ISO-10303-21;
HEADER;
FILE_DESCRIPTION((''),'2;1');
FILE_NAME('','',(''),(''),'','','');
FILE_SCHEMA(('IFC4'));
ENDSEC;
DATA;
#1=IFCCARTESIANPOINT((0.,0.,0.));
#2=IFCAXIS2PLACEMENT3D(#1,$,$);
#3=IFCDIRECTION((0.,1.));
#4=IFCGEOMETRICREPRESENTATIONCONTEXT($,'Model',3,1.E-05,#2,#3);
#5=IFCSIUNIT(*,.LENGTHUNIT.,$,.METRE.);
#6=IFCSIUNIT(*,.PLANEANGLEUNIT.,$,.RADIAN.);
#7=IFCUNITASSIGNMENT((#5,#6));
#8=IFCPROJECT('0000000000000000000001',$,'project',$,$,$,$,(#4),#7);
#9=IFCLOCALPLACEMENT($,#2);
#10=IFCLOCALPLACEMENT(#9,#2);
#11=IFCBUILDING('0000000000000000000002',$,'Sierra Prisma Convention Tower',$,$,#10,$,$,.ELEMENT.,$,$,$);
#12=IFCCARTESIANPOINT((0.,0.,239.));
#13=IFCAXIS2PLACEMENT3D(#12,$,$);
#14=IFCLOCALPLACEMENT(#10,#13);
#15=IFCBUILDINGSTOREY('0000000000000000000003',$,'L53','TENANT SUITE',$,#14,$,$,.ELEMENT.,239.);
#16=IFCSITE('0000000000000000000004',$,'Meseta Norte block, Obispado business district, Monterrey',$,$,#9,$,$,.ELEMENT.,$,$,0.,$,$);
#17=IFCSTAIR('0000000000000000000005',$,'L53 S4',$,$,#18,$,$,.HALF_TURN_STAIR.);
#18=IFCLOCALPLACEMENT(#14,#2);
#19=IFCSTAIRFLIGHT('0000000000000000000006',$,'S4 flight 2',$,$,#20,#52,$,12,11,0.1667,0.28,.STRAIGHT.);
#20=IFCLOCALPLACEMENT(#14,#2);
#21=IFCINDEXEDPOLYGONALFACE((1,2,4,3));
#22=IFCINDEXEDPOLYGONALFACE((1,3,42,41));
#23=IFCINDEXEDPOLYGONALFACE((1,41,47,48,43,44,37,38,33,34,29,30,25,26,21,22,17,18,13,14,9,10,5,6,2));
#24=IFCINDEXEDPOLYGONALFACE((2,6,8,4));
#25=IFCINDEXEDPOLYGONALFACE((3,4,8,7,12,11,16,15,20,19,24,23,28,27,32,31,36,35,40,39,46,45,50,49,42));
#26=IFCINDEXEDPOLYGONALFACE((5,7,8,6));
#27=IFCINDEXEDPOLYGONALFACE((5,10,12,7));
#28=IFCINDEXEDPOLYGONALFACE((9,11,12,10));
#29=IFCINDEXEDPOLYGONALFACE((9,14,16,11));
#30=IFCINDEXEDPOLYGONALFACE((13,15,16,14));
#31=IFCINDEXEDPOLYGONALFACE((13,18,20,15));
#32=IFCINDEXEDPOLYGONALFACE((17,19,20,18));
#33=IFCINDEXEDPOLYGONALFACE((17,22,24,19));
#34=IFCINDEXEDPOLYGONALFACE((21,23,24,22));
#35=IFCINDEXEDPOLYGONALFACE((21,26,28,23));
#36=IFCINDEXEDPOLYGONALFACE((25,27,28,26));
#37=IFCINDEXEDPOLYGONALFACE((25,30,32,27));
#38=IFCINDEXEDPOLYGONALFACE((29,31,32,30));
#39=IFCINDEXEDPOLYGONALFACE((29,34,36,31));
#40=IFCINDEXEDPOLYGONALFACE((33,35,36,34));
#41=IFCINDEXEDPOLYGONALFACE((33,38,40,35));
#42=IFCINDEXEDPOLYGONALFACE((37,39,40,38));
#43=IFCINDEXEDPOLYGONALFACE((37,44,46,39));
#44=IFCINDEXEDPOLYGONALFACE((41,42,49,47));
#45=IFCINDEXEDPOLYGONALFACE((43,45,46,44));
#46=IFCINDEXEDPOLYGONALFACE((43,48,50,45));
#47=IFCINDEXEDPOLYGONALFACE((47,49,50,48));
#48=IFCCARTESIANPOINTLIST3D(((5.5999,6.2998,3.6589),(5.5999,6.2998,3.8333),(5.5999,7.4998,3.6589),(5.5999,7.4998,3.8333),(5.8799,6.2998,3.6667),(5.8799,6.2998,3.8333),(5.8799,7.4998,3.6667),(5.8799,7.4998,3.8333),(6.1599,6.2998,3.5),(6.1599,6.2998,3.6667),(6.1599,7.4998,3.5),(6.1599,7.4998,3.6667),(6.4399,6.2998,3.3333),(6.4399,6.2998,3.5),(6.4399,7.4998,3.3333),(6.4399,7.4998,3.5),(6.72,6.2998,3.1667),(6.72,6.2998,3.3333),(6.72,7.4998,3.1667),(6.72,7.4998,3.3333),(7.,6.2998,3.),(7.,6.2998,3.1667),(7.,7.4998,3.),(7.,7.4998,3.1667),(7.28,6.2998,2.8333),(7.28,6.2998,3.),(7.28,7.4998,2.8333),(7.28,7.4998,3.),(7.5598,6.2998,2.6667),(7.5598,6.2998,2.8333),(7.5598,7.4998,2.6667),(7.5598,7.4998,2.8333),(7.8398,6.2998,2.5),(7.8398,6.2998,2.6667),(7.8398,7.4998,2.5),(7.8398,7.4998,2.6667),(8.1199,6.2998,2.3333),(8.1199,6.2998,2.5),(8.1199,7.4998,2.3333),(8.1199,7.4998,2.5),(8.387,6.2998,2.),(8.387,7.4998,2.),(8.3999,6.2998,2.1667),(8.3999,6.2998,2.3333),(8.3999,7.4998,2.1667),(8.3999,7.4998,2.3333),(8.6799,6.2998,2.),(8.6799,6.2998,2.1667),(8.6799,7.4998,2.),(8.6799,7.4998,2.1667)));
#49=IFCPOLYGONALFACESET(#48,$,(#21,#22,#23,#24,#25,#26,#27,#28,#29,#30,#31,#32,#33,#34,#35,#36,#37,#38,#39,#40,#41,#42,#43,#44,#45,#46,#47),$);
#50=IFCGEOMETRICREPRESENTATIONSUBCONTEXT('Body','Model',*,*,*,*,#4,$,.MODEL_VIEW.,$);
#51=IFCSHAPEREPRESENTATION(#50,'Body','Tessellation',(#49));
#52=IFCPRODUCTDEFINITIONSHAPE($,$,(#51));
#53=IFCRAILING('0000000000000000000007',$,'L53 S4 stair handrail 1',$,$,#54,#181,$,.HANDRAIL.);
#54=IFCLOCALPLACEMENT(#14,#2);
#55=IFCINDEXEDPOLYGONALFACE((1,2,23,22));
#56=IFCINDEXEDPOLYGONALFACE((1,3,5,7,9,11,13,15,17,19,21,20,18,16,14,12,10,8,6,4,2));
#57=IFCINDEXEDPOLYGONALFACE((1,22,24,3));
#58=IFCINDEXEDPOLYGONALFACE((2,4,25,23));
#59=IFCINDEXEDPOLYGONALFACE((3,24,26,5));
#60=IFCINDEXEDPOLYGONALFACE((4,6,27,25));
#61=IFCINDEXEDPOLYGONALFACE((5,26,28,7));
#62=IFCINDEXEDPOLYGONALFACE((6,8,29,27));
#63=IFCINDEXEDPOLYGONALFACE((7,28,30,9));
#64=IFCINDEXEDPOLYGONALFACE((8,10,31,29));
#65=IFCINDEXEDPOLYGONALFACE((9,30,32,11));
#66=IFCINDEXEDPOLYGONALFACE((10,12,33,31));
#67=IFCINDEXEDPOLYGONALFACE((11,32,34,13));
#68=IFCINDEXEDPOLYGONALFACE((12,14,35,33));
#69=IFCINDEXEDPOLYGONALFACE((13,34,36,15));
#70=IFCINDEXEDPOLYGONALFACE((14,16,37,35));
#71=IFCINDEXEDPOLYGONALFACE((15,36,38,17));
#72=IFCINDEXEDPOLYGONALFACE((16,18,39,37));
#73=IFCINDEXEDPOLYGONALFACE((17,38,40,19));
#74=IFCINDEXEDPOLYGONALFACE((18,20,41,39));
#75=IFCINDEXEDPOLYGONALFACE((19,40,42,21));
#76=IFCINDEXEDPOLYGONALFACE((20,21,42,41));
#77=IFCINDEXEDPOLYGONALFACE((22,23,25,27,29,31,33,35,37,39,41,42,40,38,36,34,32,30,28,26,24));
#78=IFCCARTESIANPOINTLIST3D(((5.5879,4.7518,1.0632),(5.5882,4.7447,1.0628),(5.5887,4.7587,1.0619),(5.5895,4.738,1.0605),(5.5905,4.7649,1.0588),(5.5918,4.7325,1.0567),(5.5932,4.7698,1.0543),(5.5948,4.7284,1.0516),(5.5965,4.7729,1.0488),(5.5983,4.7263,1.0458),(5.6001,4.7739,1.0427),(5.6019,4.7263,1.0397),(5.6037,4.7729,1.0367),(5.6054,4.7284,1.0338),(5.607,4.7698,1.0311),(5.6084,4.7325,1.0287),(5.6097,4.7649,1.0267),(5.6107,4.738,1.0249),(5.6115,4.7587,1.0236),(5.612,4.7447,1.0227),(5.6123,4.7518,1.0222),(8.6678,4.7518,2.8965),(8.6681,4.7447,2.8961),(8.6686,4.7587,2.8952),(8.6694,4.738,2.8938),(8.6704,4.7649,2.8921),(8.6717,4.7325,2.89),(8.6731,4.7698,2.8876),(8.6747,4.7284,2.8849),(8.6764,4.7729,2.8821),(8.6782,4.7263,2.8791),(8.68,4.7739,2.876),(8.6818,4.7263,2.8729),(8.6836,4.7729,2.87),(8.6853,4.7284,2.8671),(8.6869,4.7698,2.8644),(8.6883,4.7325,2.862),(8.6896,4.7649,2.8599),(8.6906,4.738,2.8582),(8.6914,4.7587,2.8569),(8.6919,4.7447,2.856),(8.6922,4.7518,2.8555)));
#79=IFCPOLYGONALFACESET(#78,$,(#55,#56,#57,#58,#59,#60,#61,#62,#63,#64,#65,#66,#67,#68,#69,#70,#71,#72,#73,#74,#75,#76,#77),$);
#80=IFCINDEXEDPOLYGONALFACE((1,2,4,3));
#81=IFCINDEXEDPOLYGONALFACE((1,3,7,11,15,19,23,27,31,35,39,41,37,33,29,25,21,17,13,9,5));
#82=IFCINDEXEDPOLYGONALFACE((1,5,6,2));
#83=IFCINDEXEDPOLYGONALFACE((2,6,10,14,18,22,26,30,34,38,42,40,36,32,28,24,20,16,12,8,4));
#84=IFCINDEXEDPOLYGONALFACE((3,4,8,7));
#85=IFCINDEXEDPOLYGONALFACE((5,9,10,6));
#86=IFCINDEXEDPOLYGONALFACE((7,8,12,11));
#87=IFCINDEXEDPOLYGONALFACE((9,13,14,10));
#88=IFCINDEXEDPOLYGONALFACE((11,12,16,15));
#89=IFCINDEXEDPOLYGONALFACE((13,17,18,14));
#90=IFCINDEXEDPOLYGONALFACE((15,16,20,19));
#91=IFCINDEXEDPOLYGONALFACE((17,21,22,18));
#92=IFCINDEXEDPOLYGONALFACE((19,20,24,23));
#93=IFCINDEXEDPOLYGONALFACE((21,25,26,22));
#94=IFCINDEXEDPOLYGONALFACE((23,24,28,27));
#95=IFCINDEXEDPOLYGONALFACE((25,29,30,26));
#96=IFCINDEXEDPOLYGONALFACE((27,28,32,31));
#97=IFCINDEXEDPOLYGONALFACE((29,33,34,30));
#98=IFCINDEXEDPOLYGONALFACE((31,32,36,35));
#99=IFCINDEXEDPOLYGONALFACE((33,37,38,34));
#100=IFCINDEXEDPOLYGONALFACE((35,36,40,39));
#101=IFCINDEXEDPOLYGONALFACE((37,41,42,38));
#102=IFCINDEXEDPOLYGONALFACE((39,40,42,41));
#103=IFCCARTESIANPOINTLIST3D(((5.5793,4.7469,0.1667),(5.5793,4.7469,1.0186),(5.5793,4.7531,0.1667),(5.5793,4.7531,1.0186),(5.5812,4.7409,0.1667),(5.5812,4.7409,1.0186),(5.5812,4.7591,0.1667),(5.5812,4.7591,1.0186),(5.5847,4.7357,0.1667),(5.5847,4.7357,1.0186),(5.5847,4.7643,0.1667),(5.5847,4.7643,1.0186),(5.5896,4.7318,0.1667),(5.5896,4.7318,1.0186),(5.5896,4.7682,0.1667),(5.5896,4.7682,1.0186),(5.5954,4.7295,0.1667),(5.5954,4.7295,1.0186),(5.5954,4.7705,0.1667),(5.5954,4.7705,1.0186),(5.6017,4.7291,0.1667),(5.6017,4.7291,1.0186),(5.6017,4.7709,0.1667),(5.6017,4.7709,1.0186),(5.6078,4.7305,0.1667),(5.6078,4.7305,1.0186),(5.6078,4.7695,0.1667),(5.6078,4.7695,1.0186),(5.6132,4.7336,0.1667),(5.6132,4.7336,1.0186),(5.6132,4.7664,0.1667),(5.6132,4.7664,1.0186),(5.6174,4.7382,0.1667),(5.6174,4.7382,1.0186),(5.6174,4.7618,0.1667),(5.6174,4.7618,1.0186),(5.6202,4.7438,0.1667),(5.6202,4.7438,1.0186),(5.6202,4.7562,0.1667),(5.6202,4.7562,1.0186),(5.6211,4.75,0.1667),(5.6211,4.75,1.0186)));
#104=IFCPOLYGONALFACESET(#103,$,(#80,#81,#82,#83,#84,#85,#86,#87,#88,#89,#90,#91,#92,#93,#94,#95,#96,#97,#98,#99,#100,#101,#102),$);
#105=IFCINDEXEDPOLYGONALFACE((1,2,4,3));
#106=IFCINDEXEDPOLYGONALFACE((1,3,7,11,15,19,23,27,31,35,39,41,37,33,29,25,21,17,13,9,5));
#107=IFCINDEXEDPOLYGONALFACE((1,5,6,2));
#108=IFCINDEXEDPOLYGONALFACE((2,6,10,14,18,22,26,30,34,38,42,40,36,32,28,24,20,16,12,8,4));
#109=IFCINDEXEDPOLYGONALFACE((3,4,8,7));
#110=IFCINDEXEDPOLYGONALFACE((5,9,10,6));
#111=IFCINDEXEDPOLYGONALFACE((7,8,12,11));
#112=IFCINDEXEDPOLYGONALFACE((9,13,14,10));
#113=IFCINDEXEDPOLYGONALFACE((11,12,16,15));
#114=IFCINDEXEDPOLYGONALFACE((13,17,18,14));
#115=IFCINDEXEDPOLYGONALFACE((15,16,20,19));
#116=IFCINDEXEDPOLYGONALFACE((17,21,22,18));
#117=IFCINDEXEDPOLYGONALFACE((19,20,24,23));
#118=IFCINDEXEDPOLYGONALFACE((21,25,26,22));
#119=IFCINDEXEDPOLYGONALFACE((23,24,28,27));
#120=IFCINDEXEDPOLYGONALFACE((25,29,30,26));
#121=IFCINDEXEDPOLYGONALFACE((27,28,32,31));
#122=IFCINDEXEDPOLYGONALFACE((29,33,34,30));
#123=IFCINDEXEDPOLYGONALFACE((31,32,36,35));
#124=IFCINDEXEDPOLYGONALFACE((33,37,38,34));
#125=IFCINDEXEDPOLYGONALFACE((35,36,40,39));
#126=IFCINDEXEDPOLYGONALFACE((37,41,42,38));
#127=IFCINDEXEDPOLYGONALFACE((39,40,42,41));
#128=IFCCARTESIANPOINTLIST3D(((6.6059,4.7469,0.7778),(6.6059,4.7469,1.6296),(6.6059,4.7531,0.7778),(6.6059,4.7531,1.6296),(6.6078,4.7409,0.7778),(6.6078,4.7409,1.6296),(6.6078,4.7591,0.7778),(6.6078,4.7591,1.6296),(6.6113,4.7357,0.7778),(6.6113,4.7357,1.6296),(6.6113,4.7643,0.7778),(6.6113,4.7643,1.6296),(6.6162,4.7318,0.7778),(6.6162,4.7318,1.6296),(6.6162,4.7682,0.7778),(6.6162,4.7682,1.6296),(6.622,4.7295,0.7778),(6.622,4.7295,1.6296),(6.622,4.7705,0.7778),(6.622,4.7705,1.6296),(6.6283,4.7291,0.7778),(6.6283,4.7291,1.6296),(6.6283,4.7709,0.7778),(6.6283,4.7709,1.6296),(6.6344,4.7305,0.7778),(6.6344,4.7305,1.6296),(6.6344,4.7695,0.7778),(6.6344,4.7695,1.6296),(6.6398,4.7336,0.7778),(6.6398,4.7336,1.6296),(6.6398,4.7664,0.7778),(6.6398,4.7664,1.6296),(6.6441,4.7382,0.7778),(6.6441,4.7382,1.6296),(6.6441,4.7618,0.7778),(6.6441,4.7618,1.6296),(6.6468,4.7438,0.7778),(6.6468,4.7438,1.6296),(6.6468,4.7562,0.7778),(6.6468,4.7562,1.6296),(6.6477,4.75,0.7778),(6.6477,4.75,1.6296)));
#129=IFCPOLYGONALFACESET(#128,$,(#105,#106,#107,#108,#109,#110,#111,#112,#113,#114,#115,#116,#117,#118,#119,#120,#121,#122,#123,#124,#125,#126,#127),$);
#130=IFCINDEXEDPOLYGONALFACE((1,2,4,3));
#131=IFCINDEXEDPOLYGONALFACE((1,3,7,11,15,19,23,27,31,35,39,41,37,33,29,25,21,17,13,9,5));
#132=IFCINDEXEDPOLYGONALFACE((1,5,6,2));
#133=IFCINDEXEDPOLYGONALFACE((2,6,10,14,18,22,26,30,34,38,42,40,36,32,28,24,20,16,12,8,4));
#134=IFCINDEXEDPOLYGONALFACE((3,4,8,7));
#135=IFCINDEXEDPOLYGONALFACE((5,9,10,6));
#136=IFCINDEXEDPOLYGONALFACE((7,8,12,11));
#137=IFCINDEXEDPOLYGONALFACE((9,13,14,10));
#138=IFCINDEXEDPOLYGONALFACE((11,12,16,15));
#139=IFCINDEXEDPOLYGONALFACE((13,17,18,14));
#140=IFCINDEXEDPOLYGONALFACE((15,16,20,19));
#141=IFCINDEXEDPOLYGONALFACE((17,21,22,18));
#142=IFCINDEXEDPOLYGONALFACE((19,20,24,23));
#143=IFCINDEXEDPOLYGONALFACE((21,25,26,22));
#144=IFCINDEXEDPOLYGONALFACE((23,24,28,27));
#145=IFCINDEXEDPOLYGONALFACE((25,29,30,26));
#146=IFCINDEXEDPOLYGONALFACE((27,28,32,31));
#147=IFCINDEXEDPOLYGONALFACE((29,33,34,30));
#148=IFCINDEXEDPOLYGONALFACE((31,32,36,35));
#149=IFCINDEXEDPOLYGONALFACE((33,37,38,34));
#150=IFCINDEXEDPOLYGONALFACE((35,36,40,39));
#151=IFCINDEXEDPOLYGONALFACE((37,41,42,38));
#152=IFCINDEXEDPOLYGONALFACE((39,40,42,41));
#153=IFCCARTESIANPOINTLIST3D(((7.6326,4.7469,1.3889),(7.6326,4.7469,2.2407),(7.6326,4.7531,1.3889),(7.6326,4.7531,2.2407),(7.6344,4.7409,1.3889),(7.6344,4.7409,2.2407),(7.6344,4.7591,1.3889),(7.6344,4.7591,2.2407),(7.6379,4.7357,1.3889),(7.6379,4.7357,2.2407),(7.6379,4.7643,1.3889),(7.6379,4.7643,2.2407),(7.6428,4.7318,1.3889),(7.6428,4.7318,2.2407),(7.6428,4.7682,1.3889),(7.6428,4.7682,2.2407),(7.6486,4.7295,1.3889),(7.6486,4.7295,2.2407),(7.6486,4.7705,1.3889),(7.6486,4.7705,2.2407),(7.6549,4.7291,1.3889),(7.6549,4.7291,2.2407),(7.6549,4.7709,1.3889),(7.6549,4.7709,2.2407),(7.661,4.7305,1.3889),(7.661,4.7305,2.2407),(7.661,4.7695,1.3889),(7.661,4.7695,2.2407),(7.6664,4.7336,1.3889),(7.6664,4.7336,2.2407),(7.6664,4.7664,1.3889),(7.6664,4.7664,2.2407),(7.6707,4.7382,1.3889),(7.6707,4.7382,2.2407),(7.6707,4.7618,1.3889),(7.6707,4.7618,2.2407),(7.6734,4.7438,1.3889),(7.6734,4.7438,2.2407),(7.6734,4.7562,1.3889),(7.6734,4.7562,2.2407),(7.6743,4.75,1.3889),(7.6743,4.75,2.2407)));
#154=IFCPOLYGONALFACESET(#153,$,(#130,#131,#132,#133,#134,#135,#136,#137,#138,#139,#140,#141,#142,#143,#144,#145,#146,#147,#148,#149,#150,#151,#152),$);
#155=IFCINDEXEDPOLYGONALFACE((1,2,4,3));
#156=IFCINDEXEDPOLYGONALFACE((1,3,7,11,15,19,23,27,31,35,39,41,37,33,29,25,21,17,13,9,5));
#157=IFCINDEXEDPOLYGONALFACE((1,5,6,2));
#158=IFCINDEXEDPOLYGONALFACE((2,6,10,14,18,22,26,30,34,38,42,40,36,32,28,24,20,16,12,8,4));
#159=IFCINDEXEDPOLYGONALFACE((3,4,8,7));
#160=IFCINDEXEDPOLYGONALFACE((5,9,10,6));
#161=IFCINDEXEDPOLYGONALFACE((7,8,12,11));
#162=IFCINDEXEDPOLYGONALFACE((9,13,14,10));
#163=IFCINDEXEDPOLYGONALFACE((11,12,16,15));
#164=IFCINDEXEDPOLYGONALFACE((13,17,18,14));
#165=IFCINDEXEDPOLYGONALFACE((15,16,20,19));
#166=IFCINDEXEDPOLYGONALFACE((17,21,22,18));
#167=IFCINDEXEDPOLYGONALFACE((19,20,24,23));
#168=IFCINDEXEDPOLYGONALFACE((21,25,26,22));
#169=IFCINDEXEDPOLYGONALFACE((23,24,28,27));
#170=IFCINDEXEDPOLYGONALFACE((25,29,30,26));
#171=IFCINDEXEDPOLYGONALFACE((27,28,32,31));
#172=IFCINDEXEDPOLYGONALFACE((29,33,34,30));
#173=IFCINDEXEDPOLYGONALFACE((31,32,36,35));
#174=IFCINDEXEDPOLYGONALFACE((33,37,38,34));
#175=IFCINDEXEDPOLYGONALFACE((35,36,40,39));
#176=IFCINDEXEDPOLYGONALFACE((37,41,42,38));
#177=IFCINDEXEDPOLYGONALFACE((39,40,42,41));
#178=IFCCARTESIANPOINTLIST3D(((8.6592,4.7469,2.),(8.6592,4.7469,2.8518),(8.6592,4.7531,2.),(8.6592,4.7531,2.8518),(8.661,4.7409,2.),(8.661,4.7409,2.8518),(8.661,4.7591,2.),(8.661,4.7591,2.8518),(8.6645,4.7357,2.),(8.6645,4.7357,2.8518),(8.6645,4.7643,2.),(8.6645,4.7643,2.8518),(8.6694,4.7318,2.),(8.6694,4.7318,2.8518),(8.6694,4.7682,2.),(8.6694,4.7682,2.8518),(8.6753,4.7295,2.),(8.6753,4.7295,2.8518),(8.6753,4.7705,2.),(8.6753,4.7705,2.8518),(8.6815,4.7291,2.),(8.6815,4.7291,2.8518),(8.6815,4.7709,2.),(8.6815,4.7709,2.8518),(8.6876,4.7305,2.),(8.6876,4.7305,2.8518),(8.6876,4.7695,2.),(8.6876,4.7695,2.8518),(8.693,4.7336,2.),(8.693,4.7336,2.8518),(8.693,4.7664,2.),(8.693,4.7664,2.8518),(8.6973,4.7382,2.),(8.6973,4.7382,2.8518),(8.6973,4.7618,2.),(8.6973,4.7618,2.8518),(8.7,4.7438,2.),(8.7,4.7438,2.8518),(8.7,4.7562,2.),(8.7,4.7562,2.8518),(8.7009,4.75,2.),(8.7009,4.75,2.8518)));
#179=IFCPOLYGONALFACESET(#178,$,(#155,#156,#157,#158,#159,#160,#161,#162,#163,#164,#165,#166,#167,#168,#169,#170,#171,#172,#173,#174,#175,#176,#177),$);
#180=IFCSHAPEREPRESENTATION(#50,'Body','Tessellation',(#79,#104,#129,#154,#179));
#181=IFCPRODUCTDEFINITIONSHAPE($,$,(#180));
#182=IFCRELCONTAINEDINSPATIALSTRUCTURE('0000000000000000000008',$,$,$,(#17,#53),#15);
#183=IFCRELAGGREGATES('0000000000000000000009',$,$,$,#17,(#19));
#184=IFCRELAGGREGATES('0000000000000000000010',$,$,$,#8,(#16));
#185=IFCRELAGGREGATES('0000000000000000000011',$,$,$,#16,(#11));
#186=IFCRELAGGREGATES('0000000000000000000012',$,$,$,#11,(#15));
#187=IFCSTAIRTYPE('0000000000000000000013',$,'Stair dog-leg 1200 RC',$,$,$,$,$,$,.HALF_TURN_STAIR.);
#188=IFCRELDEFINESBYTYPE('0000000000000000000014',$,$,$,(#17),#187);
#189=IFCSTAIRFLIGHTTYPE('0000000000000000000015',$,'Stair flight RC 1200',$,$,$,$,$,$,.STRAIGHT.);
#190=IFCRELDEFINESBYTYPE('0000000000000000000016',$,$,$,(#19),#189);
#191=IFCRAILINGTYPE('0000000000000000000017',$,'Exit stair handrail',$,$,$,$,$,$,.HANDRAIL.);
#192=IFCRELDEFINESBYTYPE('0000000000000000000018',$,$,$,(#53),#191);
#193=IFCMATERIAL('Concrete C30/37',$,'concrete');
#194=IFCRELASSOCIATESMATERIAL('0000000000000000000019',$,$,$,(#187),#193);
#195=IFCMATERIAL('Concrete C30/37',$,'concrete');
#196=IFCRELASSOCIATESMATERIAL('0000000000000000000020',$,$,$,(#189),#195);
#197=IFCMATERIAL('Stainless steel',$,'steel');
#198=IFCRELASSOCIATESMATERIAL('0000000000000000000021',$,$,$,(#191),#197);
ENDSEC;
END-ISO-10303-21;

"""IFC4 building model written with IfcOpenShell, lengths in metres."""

from ifc_helpers import new_model, si_unit, direction, frame, origin, origin_2d, place, context, subcontext, project, spatial, polyline, circle, outline, extrude, material, type_object, element, aggregate, save


model = new_model("IFC4")

# Units and contexts
model_context = context("Model", 3, precision=1e-05, world=origin(), true_north=direction((0.0, 1.0)))
body_context = subcontext(model_context, "Body", "Model", "MODEL_VIEW")
ifc_project = project(units=[si_unit("LENGTHUNIT", "METRE"), si_unit("PLANEANGLEUNIT", "RADIAN")], contexts=[model_context])

# Site, building, storey
site_placement = place(None, origin())
site = spatial("IfcSite", under=ifc_project, at=site_placement, Name="Meseta Norte block, Obispado business district, Monterrey", CompositionType="ELEMENT", RefElevation=0.0)
building_placement = place(site_placement, origin())
building = spatial("IfcBuilding", under=site, at=building_placement, Name="Sierra Prisma Convention Tower", CompositionType="ELEMENT")
storey_placement = place(building_placement, frame((0.0, 0.0, 239.0)))
storey = spatial("IfcBuildingStorey", under=building, at=storey_placement, Name="L53", Description="TENANT SUITE", CompositionType="ELEMENT", Elevation=239.0)

# Stair, stair flight
ifc_material_1 = material(Name="Concrete C30/37", Category="concrete")
stair_type = type_object("IfcStairType", Name="Stair dog-leg 1200 RC", PredefinedType="HALF_TURN_STAIR", material=ifc_material_1)
stair_placement = place(storey_placement, origin())
stair = element("IfcStair", 1, at=stair_placement, inside=storey, type_object=stair_type, Name="L53 S4", PredefinedType="HALF_TURN_STAIR")
ifc_material_2 = material(Name="Concrete C30/37", Category="concrete")
stair_flight_type = type_object("IfcStairFlightType", Name="Stair flight RC 1200", PredefinedType="STRAIGHT", material=ifc_material_2)
stair_flight_1_placement = place(storey_placement, frame((8.6799, 6.8999, 2.0), z_axis=(0.0, 0.0, 1.0), x_axis=(-1.0, 0.0, 0.0)))
stair_flight_1 = element("IfcStairFlight", 2, at=stair_flight_1_placement, type_object=stair_flight_type, Name="S4 flight 2", NumberOfRisers=12, NumberOfTreads=11, PredefinedType="STRAIGHT", RiserHeight=0.1667, TreadLength=0.28, context=body_context, shape_type="SweptSolid", body=[
    extrude(outline(polyline([(0.0, 0.0), (0.0, 0.1667), (0.28, 0.1667), (0.28, 0.3333), (0.5601, 0.3333), (0.5601, 0.5), (0.8401, 0.5), (0.8401, 0.6667), (1.1201, 0.6667), (1.1201, 0.8333), (1.3999, 0.8333), (1.3999, 1.0), (1.6799, 1.0), (1.6799, 1.1667), (1.96, 1.1667), (1.96, 1.3333), (2.24, 1.3333), (2.24, 1.5), (2.52, 1.5), (2.52, 1.6667), (2.8, 1.6667), (2.8, 1.8333), (3.0801, 1.8333), (3.0801, 2.0), (3.0801, 1.6589), (0.293, 0.0), (0.0, 0.0)])), frame((0.0, 0.6001, 0.0), z_axis=(0.0, -1.0, 0.0), x_axis=(1.0, 0.0, 0.0)), (0.0, 0.0, 1.0), 1.2),
])
aggregate(stair, [stair_flight_1])

# Railing
ifc_material_3 = material(Name="Stainless steel", Category="steel")
railing_type_1 = type_object("IfcRailingType", Name="Exit stair handrail", PredefinedType="HANDRAIL", material=ifc_material_3)
railing_1_placement = place(storey_placement, frame((5.6001, 4.75, 0.1667)))
element("IfcRailing", 3, at=railing_1_placement, inside=storey, type_object=railing_type_1, Name="L53 S4 stair handrail 1", PredefinedType="HANDRAIL", context=body_context, shape_type="SweptSolid", body=[
    extrude(circle(Radius=0.0239, at=origin_2d()), frame((0.0, 0.0, 0.876), z_axis=(0.859291, 0.0, 0.511487), x_axis=(0.0, 1.0, 0.0)), (0.0, 0.0, 1.0), 3.5842),
    extrude(circle(Radius=0.021, at=origin_2d()), origin(), (0.0, 0.0, 1.0), 0.8518),
    extrude(circle(Radius=0.021, at=origin_2d()), frame((1.0266, 0.0, 0.6111)), (0.0, 0.0, 1.0), 0.8518),
    extrude(circle(Radius=0.021, at=origin_2d()), frame((2.0532, 0.0, 1.2222)), (0.0, 0.0, 1.0), 0.8518),
    extrude(circle(Radius=0.021, at=origin_2d()), frame((3.0798, 0.0, 1.8333)), (0.0, 0.0, 1.0), 0.8518),
])

save(model, "model.ifc")
